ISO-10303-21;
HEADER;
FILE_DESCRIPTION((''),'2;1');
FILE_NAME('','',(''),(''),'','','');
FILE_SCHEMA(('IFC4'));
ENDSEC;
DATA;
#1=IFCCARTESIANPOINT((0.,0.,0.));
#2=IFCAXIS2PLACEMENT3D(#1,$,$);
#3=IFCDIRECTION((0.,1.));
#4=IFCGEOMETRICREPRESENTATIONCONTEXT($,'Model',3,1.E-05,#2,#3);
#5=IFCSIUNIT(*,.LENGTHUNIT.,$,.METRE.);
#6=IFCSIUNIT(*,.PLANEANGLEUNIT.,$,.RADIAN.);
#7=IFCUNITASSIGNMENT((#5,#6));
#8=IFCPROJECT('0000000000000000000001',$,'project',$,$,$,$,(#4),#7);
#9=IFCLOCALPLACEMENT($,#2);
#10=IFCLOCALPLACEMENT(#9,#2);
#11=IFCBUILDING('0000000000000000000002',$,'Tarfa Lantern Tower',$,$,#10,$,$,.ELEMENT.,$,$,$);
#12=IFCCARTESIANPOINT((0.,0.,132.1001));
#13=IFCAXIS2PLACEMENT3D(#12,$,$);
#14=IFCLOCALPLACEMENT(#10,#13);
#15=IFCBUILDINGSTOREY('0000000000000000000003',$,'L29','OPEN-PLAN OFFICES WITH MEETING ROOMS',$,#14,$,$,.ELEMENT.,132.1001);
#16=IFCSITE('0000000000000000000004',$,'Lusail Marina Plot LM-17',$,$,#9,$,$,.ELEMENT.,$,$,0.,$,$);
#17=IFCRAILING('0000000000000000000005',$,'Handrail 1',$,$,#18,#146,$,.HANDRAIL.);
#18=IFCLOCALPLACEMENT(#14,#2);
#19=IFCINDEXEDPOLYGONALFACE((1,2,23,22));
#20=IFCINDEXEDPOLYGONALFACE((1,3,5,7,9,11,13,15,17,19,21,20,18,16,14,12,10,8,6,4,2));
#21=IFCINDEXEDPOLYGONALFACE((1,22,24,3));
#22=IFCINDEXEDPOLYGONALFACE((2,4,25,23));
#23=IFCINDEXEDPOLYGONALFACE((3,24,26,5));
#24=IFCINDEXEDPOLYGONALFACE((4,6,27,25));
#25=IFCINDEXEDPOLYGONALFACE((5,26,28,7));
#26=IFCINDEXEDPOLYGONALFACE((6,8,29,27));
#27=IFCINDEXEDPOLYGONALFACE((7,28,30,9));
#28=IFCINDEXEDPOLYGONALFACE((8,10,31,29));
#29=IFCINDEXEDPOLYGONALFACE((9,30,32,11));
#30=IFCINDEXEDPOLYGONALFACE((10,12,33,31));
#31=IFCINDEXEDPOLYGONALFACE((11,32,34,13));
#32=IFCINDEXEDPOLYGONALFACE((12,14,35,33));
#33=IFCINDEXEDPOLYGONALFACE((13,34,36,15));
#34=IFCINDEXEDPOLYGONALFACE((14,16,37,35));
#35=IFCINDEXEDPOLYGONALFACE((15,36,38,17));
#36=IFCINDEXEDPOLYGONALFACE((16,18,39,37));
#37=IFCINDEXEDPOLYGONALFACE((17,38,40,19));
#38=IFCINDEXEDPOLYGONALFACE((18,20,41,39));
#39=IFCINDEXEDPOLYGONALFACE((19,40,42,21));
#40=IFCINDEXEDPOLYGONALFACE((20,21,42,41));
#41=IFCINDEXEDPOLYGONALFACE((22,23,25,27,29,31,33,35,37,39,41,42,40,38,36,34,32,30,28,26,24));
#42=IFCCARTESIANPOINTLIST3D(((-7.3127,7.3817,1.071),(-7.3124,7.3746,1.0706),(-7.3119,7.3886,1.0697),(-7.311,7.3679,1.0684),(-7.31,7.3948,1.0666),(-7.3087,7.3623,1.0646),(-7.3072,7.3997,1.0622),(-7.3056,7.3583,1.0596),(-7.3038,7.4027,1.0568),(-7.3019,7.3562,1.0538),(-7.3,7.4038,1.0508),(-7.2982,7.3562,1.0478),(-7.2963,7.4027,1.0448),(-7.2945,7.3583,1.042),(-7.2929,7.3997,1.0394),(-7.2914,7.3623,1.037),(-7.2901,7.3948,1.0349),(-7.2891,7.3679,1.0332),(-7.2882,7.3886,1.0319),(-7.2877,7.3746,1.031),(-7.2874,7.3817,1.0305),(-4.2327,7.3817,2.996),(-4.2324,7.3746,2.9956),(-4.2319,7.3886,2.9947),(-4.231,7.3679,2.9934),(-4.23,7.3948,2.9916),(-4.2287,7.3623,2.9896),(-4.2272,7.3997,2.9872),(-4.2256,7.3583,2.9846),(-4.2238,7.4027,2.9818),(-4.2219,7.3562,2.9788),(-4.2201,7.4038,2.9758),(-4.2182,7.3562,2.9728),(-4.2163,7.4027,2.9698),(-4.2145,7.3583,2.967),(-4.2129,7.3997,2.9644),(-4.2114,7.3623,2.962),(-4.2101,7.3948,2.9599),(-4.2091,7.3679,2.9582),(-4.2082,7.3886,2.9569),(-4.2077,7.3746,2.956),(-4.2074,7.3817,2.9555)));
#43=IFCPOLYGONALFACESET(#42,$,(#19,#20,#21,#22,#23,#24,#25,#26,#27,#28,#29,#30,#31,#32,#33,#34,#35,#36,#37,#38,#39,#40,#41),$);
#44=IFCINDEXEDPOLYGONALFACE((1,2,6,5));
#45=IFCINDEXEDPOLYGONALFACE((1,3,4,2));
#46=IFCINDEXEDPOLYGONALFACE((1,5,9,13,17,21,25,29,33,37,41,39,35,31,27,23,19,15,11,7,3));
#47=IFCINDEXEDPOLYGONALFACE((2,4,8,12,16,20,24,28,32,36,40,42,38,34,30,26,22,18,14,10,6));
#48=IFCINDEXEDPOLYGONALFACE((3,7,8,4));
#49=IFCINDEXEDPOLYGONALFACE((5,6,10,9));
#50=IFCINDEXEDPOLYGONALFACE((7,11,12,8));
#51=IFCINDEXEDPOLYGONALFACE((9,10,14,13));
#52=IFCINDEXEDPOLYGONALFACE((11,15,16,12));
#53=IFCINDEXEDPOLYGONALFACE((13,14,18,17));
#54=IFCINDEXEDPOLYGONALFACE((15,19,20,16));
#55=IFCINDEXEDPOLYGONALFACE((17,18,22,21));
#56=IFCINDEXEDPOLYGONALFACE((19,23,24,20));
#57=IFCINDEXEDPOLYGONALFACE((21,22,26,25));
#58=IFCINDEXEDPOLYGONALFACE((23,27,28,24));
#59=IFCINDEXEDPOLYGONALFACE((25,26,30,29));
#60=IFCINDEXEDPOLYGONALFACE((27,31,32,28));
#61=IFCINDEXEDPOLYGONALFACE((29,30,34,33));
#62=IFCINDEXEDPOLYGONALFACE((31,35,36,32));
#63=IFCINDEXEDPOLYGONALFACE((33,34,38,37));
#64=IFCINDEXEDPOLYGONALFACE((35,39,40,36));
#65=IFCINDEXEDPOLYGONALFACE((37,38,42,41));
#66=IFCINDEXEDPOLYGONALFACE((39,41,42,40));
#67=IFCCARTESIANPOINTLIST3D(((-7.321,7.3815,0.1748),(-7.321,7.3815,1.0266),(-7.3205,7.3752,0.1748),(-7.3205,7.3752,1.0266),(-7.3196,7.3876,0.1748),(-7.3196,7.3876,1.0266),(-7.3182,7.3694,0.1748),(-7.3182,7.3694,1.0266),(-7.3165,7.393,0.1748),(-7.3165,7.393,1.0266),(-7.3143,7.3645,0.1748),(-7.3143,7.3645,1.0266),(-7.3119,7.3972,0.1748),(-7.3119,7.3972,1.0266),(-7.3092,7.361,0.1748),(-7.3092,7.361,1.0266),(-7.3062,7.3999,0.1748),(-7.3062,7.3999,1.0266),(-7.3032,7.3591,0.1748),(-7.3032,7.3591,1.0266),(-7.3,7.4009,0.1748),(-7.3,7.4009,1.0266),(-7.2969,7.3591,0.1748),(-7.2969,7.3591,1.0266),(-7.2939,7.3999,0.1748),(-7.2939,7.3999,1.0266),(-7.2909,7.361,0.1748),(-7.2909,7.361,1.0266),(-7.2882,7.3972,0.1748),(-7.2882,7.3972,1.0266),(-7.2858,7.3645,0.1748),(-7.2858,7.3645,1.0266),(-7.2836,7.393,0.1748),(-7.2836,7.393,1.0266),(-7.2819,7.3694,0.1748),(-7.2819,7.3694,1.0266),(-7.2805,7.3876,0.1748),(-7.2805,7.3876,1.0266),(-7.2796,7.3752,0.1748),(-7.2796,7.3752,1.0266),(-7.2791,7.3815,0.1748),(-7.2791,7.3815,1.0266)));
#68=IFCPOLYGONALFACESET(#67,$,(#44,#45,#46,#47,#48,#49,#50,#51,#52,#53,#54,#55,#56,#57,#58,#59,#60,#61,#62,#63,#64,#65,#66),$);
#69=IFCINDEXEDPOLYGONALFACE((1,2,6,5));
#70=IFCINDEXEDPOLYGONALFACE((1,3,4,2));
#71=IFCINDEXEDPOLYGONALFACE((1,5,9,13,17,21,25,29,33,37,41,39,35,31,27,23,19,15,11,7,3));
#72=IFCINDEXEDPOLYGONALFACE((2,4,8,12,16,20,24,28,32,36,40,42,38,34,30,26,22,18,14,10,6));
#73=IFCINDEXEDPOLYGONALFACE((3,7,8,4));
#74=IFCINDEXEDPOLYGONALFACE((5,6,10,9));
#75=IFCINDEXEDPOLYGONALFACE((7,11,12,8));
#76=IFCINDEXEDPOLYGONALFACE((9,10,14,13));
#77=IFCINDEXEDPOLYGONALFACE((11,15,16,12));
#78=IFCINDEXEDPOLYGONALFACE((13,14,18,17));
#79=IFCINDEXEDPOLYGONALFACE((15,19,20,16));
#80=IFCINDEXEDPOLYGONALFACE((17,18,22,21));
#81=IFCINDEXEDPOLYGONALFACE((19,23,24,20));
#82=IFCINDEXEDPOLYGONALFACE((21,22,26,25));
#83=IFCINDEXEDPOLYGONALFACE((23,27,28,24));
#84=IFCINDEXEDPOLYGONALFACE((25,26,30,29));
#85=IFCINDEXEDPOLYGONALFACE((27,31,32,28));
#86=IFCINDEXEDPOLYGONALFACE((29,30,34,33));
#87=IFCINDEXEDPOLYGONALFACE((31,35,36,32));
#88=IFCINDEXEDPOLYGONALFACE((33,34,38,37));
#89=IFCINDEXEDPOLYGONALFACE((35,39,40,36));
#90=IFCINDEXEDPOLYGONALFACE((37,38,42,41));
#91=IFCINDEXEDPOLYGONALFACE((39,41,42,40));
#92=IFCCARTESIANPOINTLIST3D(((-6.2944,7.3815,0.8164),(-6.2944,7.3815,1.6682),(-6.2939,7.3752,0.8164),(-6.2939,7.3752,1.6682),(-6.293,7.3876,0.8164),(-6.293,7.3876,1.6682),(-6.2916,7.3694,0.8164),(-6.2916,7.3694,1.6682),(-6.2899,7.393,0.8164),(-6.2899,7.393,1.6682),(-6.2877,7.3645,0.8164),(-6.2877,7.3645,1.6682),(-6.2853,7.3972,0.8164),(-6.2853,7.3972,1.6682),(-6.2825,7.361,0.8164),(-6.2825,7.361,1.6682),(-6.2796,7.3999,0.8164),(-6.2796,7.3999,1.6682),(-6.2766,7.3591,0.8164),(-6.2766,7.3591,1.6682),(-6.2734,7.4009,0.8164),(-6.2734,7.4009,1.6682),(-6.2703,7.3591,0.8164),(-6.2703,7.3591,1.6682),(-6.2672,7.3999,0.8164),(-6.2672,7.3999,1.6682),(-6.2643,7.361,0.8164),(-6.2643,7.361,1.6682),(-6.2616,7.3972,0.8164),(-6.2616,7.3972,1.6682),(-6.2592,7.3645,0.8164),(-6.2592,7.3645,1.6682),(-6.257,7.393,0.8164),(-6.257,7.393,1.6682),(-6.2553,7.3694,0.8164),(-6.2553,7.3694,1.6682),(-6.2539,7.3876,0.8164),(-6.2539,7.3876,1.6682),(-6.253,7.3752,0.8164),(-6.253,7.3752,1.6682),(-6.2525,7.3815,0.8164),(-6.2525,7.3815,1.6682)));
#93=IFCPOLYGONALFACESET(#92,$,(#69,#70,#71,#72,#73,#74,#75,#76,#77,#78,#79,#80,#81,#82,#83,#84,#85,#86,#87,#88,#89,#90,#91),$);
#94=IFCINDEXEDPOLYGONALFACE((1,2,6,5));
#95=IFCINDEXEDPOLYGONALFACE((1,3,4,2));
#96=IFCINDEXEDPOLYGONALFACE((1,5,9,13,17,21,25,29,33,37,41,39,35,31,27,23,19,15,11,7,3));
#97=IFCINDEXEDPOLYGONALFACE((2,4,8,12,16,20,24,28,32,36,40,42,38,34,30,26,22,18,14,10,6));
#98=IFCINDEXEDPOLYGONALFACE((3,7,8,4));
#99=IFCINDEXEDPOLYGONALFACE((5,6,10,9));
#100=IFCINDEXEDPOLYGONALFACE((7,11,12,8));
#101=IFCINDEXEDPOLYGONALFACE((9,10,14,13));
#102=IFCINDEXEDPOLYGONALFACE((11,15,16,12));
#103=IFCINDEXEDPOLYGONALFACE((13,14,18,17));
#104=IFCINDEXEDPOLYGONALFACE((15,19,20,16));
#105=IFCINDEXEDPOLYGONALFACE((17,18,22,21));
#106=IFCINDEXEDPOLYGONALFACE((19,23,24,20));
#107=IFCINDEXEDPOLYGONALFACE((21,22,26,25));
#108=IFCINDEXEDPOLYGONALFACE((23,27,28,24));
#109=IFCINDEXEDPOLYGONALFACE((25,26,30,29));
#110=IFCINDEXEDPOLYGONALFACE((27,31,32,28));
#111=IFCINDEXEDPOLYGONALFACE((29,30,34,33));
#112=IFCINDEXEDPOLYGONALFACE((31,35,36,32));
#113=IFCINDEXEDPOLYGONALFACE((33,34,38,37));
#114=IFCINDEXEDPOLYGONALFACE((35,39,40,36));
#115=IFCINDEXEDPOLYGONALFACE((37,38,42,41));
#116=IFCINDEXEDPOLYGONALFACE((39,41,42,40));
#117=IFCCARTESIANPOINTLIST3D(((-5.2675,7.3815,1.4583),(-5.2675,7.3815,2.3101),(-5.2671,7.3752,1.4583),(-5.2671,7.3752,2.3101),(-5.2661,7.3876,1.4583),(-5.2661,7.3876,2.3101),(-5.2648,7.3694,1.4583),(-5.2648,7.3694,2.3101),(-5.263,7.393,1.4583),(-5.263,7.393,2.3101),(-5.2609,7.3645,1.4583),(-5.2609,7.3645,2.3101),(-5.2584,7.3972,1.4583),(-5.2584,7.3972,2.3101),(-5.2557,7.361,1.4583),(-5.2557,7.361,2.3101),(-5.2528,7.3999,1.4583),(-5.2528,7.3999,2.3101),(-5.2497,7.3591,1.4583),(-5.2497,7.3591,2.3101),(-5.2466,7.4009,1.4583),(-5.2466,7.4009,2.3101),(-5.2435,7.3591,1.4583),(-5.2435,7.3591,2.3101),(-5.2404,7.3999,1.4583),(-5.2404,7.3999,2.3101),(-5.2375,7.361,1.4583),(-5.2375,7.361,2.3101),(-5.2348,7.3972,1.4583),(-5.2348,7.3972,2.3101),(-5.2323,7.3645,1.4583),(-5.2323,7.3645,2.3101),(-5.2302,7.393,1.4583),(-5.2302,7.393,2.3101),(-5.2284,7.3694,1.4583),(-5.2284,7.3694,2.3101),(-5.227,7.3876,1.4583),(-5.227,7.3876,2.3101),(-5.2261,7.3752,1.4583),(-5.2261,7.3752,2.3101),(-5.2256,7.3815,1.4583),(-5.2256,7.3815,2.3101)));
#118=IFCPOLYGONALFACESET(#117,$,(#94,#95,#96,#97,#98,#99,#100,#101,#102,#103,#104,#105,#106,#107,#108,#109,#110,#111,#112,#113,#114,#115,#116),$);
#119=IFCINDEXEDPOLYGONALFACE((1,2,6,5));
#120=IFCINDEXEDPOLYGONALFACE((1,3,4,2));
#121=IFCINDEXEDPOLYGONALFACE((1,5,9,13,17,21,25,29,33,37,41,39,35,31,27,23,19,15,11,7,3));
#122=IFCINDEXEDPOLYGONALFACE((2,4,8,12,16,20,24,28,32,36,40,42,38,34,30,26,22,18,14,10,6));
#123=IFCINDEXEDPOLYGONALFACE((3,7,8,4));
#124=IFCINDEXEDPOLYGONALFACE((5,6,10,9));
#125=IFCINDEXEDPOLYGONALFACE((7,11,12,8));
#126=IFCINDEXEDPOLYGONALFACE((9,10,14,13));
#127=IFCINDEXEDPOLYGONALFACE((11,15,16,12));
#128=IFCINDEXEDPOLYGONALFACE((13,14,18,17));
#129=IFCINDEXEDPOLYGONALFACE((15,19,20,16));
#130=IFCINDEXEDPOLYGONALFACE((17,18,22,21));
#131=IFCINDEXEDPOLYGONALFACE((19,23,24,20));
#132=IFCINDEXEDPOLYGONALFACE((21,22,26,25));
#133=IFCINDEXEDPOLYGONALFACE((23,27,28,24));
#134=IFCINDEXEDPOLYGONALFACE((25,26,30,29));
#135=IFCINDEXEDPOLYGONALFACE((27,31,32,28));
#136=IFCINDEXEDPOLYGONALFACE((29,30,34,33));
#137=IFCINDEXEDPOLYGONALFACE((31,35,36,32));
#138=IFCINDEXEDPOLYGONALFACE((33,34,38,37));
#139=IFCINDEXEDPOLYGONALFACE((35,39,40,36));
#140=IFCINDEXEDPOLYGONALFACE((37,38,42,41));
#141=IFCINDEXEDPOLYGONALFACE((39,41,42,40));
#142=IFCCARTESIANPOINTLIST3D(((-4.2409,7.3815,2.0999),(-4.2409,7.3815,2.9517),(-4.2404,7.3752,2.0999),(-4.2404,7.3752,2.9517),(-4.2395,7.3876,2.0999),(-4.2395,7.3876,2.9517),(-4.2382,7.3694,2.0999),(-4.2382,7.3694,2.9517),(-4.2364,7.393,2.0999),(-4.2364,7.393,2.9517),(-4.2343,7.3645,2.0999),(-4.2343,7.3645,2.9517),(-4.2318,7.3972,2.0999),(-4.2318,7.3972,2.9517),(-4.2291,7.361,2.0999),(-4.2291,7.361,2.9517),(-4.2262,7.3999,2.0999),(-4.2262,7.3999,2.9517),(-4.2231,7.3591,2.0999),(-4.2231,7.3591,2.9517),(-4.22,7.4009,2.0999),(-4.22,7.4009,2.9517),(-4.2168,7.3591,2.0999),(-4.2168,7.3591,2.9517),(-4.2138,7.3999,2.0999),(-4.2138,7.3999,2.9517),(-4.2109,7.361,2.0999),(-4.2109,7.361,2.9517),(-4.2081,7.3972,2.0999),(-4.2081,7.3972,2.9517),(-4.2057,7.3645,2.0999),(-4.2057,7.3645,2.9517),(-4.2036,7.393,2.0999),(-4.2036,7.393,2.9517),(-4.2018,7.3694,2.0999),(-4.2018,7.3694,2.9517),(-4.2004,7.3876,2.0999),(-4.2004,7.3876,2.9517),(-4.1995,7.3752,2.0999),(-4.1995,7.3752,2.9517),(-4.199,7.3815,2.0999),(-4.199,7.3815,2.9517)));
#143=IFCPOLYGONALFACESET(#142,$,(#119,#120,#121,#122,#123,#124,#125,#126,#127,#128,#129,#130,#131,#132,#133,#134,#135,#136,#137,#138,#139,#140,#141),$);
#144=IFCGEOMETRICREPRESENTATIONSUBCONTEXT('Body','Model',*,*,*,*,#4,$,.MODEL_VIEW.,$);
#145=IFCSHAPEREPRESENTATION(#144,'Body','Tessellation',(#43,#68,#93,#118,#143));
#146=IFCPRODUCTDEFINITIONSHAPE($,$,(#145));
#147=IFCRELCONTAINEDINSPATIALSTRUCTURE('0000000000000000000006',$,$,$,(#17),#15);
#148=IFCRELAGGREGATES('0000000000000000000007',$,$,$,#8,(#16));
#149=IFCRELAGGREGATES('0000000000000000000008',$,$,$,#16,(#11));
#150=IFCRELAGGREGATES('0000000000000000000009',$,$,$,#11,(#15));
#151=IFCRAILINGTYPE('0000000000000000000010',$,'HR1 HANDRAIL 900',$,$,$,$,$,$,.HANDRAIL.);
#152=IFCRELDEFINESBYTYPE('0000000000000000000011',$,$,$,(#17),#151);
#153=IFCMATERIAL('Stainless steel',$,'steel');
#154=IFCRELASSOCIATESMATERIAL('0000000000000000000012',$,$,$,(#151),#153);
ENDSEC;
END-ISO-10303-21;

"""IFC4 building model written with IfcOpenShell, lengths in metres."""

from ifc_helpers import new_model, si_unit, direction, frame, origin, origin_2d, place, context, subcontext, project, spatial, circle, extrude, material, type_object, element, save


model = new_model("IFC4")

# Units and contexts
model_context = context("Model", 3, precision=1e-05, world=origin(), true_north=direction((0.0, 1.0)))
body_context = subcontext(model_context, "Body", "Model", "MODEL_VIEW")
ifc_project = project(units=[si_unit("LENGTHUNIT", "METRE"), si_unit("PLANEANGLEUNIT", "RADIAN")], contexts=[model_context])

# Site, building, storey
site_placement = place(None, origin())
site = spatial("IfcSite", under=ifc_project, at=site_placement, Name="Lusail Marina Plot LM-17", CompositionType="ELEMENT", RefElevation=0.0)
building_placement = place(site_placement, origin())
building = spatial("IfcBuilding", under=site, at=building_placement, Name="Tarfa Lantern Tower", CompositionType="ELEMENT")
storey_placement = place(building_placement, frame((0.0, 0.0, 132.1001)))
storey = spatial("IfcBuildingStorey", under=building, at=storey_placement, Name="L29", Description="OPEN-PLAN OFFICES WITH MEETING ROOMS", CompositionType="ELEMENT", Elevation=132.1001)

# Railing
ifc_material_1 = material(Name="Stainless steel", Category="steel")
railing_type = type_object("IfcRailingType", Name="HR1 HANDRAIL 900", PredefinedType="HANDRAIL", material=ifc_material_1)
railing_1_placement = place(storey_placement, frame((-7.3, 7.3799, 0.1748)))
element("IfcRailing", 1, at=railing_1_placement, inside=storey, type_object=railing_type, Name="Handrail 1", PredefinedType="HANDRAIL", context=body_context, shape_type="SweptSolid", body=[
    extrude(circle(Radius=0.0239, at=origin_2d()), frame((0.0, 0.0, 0.876), z_axis=(0.847998, 0.0, 0.529999), x_axis=(0.0, 1.0, 0.0)), (0.0, 0.0, 1.0), 3.6321),
    extrude(circle(Radius=0.021, at=origin_2d()), frame((0.0, 0.0, 0.0), z_axis=(0.0, 0.0, 1.0), x_axis=(0.0, 1.0, 0.0)), (0.0, 0.0, 1.0), 0.8518),
    extrude(circle(Radius=0.021, at=origin_2d()), frame((1.0266, 0.0, 0.6416), z_axis=(0.0, 0.0, 1.0), x_axis=(0.0, 1.0, 0.0)), (0.0, 0.0, 1.0), 0.8518),
    extrude(circle(Radius=0.021, at=origin_2d()), frame((2.0535, 0.0, 1.2834), z_axis=(0.0, 0.0, 1.0), x_axis=(0.0, 1.0, 0.0)), (0.0, 0.0, 1.0), 0.8518),
    extrude(circle(Radius=0.021, at=origin_2d()), frame((3.0801, 0.0, 1.925), z_axis=(0.0, 0.0, 1.0), x_axis=(0.0, 1.0, 0.0)), (0.0, 0.0, 1.0), 0.8518),
])

save(model, "model.ifc")
